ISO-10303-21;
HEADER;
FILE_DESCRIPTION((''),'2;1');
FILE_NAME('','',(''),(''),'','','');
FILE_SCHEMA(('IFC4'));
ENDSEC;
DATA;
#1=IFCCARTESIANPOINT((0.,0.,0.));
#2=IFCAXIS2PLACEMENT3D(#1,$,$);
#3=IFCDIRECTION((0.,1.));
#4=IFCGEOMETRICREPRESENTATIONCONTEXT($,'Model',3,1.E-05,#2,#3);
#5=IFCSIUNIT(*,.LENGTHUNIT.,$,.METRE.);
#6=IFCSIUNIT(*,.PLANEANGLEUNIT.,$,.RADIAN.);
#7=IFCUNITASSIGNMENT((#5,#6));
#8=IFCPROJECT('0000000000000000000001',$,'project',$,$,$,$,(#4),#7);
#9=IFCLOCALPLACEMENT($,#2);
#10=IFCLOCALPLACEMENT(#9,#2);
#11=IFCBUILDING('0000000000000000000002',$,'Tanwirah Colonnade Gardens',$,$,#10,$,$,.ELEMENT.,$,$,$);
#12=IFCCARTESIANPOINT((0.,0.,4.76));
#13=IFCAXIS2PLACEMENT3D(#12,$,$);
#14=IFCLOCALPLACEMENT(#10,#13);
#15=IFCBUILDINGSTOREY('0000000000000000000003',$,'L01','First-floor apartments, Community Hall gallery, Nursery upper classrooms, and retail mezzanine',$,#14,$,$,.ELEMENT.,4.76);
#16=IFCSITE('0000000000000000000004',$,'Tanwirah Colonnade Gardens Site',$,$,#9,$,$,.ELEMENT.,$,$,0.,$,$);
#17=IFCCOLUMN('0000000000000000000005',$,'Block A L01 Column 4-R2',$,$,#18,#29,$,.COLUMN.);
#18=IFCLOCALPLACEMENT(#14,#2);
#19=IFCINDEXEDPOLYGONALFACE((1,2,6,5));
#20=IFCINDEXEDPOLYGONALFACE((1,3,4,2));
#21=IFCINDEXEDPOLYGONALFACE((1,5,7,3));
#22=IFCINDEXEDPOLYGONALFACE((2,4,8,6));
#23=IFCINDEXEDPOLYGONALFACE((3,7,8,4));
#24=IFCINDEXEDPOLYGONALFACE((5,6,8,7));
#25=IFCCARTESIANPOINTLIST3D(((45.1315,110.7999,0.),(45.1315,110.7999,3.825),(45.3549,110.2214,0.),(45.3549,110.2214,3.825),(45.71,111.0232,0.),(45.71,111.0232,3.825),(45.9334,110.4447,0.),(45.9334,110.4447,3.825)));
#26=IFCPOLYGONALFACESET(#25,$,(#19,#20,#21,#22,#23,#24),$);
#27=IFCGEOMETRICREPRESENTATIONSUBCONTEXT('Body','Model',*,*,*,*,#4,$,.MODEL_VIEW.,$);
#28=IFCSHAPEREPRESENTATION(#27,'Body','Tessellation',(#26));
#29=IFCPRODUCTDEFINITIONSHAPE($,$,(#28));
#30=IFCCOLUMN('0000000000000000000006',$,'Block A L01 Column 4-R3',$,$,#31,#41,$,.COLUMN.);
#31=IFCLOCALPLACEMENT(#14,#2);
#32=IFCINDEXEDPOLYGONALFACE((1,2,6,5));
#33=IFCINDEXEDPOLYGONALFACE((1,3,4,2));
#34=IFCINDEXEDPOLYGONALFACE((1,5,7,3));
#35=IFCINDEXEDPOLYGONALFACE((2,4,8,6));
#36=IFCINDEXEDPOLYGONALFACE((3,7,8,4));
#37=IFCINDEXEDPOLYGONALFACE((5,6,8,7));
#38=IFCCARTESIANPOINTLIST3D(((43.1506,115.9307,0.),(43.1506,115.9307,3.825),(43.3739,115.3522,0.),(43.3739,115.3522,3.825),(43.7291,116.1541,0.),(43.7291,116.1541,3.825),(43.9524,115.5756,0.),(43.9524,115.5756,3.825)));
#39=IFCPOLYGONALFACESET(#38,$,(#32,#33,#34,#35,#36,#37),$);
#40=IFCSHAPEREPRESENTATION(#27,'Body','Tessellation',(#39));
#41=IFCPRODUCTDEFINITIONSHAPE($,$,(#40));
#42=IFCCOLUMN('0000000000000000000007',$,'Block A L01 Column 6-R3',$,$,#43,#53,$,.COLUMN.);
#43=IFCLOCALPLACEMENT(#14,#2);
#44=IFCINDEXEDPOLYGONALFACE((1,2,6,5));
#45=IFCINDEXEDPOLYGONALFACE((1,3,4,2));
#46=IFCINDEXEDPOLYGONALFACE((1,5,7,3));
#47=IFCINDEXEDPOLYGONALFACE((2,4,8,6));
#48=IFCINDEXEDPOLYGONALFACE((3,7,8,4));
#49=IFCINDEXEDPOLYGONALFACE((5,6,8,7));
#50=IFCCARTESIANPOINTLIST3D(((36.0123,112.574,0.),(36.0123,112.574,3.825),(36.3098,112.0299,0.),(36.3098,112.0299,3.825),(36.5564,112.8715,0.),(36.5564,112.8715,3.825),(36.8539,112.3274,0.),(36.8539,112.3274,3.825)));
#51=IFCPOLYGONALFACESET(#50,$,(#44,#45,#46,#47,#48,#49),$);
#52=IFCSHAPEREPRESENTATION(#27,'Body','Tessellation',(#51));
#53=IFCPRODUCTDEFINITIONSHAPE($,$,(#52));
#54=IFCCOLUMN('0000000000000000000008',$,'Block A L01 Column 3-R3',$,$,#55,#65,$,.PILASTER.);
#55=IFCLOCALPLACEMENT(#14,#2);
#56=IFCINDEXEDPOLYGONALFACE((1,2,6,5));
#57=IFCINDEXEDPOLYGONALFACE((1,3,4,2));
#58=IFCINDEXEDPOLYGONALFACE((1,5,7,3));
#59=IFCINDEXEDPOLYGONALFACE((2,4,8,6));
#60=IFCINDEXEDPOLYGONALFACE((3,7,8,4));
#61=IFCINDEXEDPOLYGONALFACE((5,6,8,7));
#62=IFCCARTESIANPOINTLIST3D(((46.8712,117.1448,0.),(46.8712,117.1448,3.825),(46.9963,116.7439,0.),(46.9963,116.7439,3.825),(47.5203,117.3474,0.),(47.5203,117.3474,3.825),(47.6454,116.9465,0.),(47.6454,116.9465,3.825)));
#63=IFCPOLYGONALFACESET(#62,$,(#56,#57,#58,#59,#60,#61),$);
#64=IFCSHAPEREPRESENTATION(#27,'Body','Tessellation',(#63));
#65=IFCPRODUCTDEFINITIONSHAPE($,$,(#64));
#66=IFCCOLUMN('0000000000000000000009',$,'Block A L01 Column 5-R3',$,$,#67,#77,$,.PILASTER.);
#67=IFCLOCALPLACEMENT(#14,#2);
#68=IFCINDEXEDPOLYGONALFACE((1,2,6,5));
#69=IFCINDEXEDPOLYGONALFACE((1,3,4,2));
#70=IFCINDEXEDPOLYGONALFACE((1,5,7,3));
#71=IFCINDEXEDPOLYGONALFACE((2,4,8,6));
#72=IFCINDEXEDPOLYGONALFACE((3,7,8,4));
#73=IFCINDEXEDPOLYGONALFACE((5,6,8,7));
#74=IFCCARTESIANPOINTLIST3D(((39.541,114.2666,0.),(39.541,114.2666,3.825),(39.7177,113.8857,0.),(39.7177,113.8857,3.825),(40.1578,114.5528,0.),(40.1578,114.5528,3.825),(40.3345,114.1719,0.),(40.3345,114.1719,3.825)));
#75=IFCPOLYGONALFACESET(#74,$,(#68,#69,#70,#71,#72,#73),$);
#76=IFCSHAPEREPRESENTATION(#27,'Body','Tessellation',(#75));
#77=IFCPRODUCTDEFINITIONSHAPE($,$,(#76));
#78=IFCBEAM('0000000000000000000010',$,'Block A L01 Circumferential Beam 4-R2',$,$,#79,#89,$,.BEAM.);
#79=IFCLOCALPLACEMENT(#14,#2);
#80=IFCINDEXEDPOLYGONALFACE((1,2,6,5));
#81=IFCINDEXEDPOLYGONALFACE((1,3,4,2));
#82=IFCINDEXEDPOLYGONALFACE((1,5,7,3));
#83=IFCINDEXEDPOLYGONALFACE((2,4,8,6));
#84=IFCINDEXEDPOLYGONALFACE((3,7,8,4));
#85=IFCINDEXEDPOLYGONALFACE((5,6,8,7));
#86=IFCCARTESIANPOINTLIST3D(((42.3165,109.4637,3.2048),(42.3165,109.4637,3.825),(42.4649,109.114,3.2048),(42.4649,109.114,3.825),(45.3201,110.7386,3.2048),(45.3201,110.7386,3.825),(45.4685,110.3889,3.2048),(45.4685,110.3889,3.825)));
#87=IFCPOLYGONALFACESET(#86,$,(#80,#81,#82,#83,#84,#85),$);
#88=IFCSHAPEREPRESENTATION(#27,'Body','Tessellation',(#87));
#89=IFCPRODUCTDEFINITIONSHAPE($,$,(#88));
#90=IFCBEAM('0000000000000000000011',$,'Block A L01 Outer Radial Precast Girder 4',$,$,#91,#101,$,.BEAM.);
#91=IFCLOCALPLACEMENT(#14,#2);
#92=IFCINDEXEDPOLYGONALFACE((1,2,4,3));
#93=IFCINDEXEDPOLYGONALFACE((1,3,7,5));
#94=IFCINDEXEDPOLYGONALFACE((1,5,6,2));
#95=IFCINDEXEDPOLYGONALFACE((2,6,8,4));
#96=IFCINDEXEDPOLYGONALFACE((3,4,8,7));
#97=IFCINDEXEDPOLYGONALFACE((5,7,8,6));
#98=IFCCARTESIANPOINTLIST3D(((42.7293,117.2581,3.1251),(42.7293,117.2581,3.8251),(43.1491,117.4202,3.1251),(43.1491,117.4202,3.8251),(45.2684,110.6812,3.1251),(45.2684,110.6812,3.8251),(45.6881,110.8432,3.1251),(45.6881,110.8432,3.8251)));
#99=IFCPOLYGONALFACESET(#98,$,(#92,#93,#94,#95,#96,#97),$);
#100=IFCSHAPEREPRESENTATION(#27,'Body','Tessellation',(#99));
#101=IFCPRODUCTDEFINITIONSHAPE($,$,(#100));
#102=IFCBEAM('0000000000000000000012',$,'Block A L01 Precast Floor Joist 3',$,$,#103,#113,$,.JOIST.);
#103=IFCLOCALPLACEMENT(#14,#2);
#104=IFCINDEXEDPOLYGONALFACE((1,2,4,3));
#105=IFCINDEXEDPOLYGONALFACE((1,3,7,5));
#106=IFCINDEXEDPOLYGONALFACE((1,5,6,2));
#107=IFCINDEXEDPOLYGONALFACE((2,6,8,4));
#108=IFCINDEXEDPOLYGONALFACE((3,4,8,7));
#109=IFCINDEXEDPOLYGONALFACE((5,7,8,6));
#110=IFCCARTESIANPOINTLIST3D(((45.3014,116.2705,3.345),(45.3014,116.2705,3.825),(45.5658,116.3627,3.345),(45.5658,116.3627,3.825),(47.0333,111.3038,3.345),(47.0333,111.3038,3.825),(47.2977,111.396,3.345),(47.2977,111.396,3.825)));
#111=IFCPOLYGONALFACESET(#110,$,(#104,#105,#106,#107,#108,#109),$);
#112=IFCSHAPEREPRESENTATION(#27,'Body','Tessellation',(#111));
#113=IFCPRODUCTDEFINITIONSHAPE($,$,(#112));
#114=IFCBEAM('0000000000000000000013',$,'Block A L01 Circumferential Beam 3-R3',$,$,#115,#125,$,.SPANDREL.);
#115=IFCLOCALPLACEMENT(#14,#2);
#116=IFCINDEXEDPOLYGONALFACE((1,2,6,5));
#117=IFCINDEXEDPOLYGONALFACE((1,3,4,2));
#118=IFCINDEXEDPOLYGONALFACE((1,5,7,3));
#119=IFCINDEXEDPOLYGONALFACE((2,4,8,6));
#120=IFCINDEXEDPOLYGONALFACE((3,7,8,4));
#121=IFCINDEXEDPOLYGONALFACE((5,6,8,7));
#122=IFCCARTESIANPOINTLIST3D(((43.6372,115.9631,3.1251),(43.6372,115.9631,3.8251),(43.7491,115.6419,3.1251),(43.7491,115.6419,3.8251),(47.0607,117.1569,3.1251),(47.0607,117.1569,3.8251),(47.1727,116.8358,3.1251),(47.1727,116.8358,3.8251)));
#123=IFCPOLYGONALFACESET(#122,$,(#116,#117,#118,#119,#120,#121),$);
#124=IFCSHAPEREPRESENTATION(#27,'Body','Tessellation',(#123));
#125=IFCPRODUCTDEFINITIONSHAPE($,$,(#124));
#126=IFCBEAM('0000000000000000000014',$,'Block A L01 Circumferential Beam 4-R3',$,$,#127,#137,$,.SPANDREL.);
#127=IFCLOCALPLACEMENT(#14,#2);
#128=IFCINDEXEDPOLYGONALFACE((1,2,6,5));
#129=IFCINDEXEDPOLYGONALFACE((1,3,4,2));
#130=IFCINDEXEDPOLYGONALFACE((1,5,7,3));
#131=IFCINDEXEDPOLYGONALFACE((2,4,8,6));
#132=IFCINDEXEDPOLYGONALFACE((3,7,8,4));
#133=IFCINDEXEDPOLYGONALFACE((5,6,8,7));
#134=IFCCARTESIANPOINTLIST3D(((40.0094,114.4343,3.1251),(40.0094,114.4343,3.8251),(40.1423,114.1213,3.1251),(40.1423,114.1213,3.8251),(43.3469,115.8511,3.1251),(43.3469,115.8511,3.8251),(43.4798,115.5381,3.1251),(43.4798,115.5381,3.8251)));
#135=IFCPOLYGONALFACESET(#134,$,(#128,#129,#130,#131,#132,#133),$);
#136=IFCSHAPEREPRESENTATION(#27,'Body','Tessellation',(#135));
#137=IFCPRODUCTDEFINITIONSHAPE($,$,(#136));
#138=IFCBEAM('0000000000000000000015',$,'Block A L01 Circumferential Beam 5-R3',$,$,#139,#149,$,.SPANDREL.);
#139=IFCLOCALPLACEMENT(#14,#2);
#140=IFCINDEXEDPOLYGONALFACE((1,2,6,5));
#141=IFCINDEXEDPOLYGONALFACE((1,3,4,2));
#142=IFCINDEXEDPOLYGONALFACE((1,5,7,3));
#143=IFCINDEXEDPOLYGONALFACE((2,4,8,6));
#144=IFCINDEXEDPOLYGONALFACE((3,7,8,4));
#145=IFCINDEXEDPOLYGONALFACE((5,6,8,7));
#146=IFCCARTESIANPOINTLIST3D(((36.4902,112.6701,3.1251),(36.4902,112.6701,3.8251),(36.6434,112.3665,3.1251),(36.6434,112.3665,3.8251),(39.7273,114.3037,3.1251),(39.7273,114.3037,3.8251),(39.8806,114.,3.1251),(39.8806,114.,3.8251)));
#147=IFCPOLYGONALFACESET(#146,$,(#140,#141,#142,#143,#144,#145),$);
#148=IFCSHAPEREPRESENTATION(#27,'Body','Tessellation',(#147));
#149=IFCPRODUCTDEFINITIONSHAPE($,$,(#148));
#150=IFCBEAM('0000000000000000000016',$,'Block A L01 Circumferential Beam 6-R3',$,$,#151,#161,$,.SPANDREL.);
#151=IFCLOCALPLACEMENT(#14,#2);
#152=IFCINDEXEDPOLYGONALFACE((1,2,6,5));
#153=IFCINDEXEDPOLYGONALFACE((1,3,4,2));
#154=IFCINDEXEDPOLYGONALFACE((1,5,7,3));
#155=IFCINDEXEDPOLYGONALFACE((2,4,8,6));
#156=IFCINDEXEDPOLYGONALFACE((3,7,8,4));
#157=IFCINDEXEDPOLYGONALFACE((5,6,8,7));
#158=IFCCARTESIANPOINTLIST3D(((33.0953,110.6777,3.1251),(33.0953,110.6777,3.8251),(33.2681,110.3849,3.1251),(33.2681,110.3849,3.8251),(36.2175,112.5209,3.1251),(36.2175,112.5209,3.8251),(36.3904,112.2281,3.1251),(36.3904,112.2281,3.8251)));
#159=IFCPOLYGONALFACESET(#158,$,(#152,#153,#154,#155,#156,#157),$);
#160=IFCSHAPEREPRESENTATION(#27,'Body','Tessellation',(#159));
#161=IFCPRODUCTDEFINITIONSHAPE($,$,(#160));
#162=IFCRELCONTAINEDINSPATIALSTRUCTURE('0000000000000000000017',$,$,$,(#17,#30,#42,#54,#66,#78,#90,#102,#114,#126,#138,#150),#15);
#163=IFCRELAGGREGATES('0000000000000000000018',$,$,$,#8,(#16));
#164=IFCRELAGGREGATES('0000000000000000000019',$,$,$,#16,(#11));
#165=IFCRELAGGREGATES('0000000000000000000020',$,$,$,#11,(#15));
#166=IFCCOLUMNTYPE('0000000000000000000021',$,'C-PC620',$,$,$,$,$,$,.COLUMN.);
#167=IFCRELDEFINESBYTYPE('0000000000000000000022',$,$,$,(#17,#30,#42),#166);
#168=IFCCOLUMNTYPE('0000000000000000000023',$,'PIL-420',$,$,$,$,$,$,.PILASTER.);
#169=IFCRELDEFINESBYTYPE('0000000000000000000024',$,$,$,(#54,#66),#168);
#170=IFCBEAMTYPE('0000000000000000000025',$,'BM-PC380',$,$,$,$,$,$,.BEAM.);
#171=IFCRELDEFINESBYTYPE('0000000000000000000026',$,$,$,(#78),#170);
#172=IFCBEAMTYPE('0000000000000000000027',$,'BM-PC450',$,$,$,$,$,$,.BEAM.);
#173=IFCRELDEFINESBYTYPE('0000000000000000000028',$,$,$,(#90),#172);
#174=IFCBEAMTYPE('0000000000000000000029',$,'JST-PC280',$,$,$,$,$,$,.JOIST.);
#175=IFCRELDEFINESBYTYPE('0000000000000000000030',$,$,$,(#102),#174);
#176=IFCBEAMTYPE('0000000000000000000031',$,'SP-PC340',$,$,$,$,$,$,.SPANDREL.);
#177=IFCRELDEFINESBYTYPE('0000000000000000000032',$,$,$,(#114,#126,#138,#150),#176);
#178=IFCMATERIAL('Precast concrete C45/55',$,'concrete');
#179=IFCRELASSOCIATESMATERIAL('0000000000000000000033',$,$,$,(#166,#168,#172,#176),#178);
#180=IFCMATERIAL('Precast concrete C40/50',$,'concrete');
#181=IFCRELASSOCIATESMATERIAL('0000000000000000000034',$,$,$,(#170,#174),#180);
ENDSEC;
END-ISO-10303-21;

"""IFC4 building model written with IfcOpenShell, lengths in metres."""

from ifc_helpers import new_model, si_unit, direction, frame, origin, origin_2d, place, context, subcontext, project, spatial, rectangle, extrude, material, material_profile, profile_set, type_object, element, save


model = new_model("IFC4")

# Units and contexts
model_context = context("Model", 3, precision=1e-05, world=origin(), true_north=direction((0.0, 1.0)))
body_context = subcontext(model_context, "Body", "Model", "MODEL_VIEW")
ifc_project = project(units=[si_unit("LENGTHUNIT", "METRE"), si_unit("PLANEANGLEUNIT", "RADIAN")], contexts=[model_context])

# Site, building, storey
site_placement = place(None, origin())
site = spatial("IfcSite", under=ifc_project, at=site_placement, Name="Tanwirah Colonnade Gardens Site", CompositionType="ELEMENT", RefElevation=0.0)
building_placement = place(site_placement, origin())
building = spatial("IfcBuilding", under=site, at=building_placement, Name="Tanwirah Colonnade Gardens", CompositionType="ELEMENT")
storey_placement = place(building_placement, frame((0.0, 0.0, 4.76)))
storey = spatial("IfcBuildingStorey", under=building, at=storey_placement, Name="L01", Description="First-floor apartments, Community Hall gallery, Nursery upper classrooms, and retail mezzanine", CompositionType="ELEMENT", Elevation=4.76)

# Columns
ifc_material_1 = material(Name="Precast concrete C45/55", Category="concrete")
ifc_material_profile_1 = material_profile(ifc_material_1, rectangle(XDim=0.6201, YDim=0.6201, at=origin_2d()), Name="PC-COL 620x620")
ifc_profile_set_1 = profile_set([ifc_material_profile_1], Name="Precast concrete C45/55")
column_type_1 = type_object("IfcColumnType", Name="C-PC620", PredefinedType="COLUMN", material=ifc_profile_set_1)
for number, where, z_axis, x_axis, name in (
    (1, (45.5325, 110.6223, 0.0), (0.0, 0.0, 1.0), (-0.360178, 0.932884, 0.0), "Block A L01 Column 4-R2"),
    (2, (43.5515, 115.7532, 0.0), (0.0, 0.0, 1.0), (-0.360178, 0.932884, 0.0), "Block A L01 Column 4-R3"),
    (3, (36.4331, 112.4507, 0.0), (0.0, 0.0, 1.0), (-0.479713, 0.877425, 0.0), "Block A L01 Column 6-R3"),
):
    element("IfcColumn", number, at=place(storey_placement, frame(where, z_axis=z_axis, x_axis=x_axis)), inside=storey, type_object=column_type_1, Name=name, PredefinedType="COLUMN", context=body_context, shape_type="SweptSolid", body=[
        extrude(rectangle(XDim=0.6201, YDim=0.6201, at=origin_2d()), origin(), (0.0, 0.0, 1.0), 3.825),
    ])
ifc_material_profile_2 = material_profile(ifc_material_1, rectangle(XDim=0.4199, YDim=0.6799, at=origin_2d()), Name="PC-PIL 420x680")
ifc_profile_set_2 = profile_set([ifc_material_profile_2], Name="Precast concrete C45/55")
column_type_2 = type_object("IfcColumnType", Name="PIL-420", PredefinedType="PILASTER", material=ifc_profile_set_2)
for number, where, z_axis, x_axis, name in (
    (4, (47.2583, 117.0457, 0.0), (0.0, 0.0, 1.0), (-0.29793, 0.954588, 0.0), "Block A L01 Column 3-R3"),
    (5, (39.9377, 114.2192, 0.0), (0.0, 0.0, 1.0), (-0.42086, 0.907126, 0.0), "Block A L01 Column 5-R3"),
):
    element("IfcColumn", number, at=place(storey_placement, frame(where, z_axis=z_axis, x_axis=x_axis)), inside=storey, type_object=column_type_2, Name=name, PredefinedType="PILASTER", context=body_context, shape_type="SweptSolid", body=[
        extrude(rectangle(XDim=0.4199, YDim=0.6799, at=origin_2d()), origin(), (0.0, 0.0, 1.0), 3.825),
    ])

# Beams
ifc_material_2 = material(Name="Precast concrete C40/50", Category="concrete")
ifc_material_profile_3 = material_profile(ifc_material_2, rectangle(XDim=0.3799, YDim=0.6201, at=origin_2d()), Name="PC-BM 380x620")
ifc_profile_set_3 = profile_set([ifc_material_profile_3], Name="Precast concrete C40/50")
beam_type_1 = type_object("IfcBeamType", Name="BM-PC380", PredefinedType="BEAM", material=ifc_profile_set_3)
beam_1_placement = place(storey_placement, frame((45.3943, 110.5637, 3.5149), z_axis=(-0.920513, -0.390711, 0.0), x_axis=(0.390711, -0.920513, 0.0)))
element("IfcBeam", 6, at=beam_1_placement, inside=storey, type_object=beam_type_1, Name="Block A L01 Circumferential Beam 4-R2", PredefinedType="BEAM", context=body_context, shape_type="SweptSolid", body=[
    extrude(rectangle(XDim=0.3799, YDim=0.6201, at=origin_2d()), origin(), (0.0, 0.0, 1.0), 3.2629),
])
ifc_material_profile_4 = material_profile(ifc_material_1, rectangle(XDim=0.45, YDim=0.7, at=origin_2d()), Name="PC-BM 450x700")
ifc_profile_set_4 = profile_set([ifc_material_profile_4], Name="Precast concrete C45/55")
beam_type_2 = type_object("IfcBeamType", Name="BM-PC450", PredefinedType="BEAM", material=ifc_profile_set_4)
beam_2_placement = place(storey_placement, frame((45.4783, 110.7622, 3.4751), z_axis=(-0.360151, 0.932894, 0.0), x_axis=(-0.932894, -0.360151, 0.0)))
element("IfcBeam", 7, at=beam_2_placement, inside=storey, type_object=beam_type_2, Name="Block A L01 Outer Radial Precast Girder 4", PredefinedType="BEAM", context=body_context, shape_type="SweptSolid", body=[
    extrude(rectangle(XDim=0.45, YDim=0.7, at=origin_2d()), origin(), (0.0, 0.0, 1.0), 7.05),
])
ifc_material_profile_5 = material_profile(ifc_material_2, rectangle(XDim=0.28, YDim=0.48, at=origin_2d()), Name="PC-JST 280x480")
ifc_profile_set_5 = profile_set([ifc_material_profile_5], Name="Precast concrete C40/50")
beam_type_3 = type_object("IfcBeamType", Name="JST-PC280", PredefinedType="JOIST", material=ifc_profile_set_5)
beam_3_placement = place(storey_placement, frame((47.1655, 111.3499, 3.585), z_axis=(-0.329259, 0.94424, 0.0), x_axis=(-0.94424, -0.329259, 0.0)))
element("IfcBeam", 8, at=beam_3_placement, inside=storey, type_object=beam_type_3, Name="Block A L01 Precast Floor Joist 3", PredefinedType="JOIST", context=body_context, shape_type="SweptSolid", body=[
    extrude(rectangle(XDim=0.28, YDim=0.48, at=origin_2d()), origin(), (0.0, 0.0, 1.0), 5.26),
])
ifc_material_profile_6 = material_profile(ifc_material_1, rectangle(XDim=0.3401, YDim=0.7, at=origin_2d()), Name="PC-SP 340x700")
ifc_profile_set_6 = profile_set([ifc_material_profile_6], Name="Precast concrete C45/55")
beam_type_4 = type_object("IfcBeamType", Name="SP-PC340", PredefinedType="SPANDREL", material=ifc_profile_set_6)
for number, where, z_axis, x_axis, name in (
    (9, (47.1167, 116.9963, 3.4751), (-0.944237, -0.329267, 0.0), (0.329267, -0.944237, 0.0), "Block A L01 Circumferential Beam 3-R3"),
    (10, (43.4133, 115.6946, 3.4751), (-0.920494, -0.390756, 0.0), (0.390756, -0.920494, 0.0), "Block A L01 Circumferential Beam 4-R3"),
):
    element("IfcBeam", number, at=place(storey_placement, frame(where, z_axis=z_axis, x_axis=x_axis)), inside=storey, type_object=beam_type_4, Name=name, PredefinedType="SPANDREL", context=body_context, shape_type="SweptSolid", body=[
        extrude(rectangle(XDim=0.3401, YDim=0.7, at=origin_2d()), origin(), (0.0, 0.0, 1.0), 3.6257),
    ])
beam_4_placement = place(storey_placement, frame((39.804, 114.1519, 3.4751), z_axis=(-0.892765, -0.450523, 0.0), x_axis=(0.450523, -0.892765, 0.0)))
element("IfcBeam", 11, at=beam_4_placement, inside=storey, type_object=beam_type_4, Name="Block A L01 Circumferential Beam 5-R3", PredefinedType="SPANDREL", context=body_context, shape_type="SweptSolid", body=[
    extrude(rectangle(XDim=0.3401, YDim=0.7, at=origin_2d()), origin(), (0.0, 0.0, 1.0), 3.626),
])
beam_5_placement = place(storey_placement, frame((36.304, 112.3745, 3.4751), z_axis=(-0.861137, -0.508373, 0.0), x_axis=(0.508373, -0.861137, 0.0)))
element("IfcBeam", 12, at=beam_5_placement, inside=storey, type_object=beam_type_4, Name="Block A L01 Circumferential Beam 6-R3", PredefinedType="SPANDREL", context=body_context, shape_type="SweptSolid", body=[
    extrude(rectangle(XDim=0.3401, YDim=0.7, at=origin_2d()), origin(), (0.0, 0.0, 1.0), 3.6257),
])

save(model, "model.ifc")
